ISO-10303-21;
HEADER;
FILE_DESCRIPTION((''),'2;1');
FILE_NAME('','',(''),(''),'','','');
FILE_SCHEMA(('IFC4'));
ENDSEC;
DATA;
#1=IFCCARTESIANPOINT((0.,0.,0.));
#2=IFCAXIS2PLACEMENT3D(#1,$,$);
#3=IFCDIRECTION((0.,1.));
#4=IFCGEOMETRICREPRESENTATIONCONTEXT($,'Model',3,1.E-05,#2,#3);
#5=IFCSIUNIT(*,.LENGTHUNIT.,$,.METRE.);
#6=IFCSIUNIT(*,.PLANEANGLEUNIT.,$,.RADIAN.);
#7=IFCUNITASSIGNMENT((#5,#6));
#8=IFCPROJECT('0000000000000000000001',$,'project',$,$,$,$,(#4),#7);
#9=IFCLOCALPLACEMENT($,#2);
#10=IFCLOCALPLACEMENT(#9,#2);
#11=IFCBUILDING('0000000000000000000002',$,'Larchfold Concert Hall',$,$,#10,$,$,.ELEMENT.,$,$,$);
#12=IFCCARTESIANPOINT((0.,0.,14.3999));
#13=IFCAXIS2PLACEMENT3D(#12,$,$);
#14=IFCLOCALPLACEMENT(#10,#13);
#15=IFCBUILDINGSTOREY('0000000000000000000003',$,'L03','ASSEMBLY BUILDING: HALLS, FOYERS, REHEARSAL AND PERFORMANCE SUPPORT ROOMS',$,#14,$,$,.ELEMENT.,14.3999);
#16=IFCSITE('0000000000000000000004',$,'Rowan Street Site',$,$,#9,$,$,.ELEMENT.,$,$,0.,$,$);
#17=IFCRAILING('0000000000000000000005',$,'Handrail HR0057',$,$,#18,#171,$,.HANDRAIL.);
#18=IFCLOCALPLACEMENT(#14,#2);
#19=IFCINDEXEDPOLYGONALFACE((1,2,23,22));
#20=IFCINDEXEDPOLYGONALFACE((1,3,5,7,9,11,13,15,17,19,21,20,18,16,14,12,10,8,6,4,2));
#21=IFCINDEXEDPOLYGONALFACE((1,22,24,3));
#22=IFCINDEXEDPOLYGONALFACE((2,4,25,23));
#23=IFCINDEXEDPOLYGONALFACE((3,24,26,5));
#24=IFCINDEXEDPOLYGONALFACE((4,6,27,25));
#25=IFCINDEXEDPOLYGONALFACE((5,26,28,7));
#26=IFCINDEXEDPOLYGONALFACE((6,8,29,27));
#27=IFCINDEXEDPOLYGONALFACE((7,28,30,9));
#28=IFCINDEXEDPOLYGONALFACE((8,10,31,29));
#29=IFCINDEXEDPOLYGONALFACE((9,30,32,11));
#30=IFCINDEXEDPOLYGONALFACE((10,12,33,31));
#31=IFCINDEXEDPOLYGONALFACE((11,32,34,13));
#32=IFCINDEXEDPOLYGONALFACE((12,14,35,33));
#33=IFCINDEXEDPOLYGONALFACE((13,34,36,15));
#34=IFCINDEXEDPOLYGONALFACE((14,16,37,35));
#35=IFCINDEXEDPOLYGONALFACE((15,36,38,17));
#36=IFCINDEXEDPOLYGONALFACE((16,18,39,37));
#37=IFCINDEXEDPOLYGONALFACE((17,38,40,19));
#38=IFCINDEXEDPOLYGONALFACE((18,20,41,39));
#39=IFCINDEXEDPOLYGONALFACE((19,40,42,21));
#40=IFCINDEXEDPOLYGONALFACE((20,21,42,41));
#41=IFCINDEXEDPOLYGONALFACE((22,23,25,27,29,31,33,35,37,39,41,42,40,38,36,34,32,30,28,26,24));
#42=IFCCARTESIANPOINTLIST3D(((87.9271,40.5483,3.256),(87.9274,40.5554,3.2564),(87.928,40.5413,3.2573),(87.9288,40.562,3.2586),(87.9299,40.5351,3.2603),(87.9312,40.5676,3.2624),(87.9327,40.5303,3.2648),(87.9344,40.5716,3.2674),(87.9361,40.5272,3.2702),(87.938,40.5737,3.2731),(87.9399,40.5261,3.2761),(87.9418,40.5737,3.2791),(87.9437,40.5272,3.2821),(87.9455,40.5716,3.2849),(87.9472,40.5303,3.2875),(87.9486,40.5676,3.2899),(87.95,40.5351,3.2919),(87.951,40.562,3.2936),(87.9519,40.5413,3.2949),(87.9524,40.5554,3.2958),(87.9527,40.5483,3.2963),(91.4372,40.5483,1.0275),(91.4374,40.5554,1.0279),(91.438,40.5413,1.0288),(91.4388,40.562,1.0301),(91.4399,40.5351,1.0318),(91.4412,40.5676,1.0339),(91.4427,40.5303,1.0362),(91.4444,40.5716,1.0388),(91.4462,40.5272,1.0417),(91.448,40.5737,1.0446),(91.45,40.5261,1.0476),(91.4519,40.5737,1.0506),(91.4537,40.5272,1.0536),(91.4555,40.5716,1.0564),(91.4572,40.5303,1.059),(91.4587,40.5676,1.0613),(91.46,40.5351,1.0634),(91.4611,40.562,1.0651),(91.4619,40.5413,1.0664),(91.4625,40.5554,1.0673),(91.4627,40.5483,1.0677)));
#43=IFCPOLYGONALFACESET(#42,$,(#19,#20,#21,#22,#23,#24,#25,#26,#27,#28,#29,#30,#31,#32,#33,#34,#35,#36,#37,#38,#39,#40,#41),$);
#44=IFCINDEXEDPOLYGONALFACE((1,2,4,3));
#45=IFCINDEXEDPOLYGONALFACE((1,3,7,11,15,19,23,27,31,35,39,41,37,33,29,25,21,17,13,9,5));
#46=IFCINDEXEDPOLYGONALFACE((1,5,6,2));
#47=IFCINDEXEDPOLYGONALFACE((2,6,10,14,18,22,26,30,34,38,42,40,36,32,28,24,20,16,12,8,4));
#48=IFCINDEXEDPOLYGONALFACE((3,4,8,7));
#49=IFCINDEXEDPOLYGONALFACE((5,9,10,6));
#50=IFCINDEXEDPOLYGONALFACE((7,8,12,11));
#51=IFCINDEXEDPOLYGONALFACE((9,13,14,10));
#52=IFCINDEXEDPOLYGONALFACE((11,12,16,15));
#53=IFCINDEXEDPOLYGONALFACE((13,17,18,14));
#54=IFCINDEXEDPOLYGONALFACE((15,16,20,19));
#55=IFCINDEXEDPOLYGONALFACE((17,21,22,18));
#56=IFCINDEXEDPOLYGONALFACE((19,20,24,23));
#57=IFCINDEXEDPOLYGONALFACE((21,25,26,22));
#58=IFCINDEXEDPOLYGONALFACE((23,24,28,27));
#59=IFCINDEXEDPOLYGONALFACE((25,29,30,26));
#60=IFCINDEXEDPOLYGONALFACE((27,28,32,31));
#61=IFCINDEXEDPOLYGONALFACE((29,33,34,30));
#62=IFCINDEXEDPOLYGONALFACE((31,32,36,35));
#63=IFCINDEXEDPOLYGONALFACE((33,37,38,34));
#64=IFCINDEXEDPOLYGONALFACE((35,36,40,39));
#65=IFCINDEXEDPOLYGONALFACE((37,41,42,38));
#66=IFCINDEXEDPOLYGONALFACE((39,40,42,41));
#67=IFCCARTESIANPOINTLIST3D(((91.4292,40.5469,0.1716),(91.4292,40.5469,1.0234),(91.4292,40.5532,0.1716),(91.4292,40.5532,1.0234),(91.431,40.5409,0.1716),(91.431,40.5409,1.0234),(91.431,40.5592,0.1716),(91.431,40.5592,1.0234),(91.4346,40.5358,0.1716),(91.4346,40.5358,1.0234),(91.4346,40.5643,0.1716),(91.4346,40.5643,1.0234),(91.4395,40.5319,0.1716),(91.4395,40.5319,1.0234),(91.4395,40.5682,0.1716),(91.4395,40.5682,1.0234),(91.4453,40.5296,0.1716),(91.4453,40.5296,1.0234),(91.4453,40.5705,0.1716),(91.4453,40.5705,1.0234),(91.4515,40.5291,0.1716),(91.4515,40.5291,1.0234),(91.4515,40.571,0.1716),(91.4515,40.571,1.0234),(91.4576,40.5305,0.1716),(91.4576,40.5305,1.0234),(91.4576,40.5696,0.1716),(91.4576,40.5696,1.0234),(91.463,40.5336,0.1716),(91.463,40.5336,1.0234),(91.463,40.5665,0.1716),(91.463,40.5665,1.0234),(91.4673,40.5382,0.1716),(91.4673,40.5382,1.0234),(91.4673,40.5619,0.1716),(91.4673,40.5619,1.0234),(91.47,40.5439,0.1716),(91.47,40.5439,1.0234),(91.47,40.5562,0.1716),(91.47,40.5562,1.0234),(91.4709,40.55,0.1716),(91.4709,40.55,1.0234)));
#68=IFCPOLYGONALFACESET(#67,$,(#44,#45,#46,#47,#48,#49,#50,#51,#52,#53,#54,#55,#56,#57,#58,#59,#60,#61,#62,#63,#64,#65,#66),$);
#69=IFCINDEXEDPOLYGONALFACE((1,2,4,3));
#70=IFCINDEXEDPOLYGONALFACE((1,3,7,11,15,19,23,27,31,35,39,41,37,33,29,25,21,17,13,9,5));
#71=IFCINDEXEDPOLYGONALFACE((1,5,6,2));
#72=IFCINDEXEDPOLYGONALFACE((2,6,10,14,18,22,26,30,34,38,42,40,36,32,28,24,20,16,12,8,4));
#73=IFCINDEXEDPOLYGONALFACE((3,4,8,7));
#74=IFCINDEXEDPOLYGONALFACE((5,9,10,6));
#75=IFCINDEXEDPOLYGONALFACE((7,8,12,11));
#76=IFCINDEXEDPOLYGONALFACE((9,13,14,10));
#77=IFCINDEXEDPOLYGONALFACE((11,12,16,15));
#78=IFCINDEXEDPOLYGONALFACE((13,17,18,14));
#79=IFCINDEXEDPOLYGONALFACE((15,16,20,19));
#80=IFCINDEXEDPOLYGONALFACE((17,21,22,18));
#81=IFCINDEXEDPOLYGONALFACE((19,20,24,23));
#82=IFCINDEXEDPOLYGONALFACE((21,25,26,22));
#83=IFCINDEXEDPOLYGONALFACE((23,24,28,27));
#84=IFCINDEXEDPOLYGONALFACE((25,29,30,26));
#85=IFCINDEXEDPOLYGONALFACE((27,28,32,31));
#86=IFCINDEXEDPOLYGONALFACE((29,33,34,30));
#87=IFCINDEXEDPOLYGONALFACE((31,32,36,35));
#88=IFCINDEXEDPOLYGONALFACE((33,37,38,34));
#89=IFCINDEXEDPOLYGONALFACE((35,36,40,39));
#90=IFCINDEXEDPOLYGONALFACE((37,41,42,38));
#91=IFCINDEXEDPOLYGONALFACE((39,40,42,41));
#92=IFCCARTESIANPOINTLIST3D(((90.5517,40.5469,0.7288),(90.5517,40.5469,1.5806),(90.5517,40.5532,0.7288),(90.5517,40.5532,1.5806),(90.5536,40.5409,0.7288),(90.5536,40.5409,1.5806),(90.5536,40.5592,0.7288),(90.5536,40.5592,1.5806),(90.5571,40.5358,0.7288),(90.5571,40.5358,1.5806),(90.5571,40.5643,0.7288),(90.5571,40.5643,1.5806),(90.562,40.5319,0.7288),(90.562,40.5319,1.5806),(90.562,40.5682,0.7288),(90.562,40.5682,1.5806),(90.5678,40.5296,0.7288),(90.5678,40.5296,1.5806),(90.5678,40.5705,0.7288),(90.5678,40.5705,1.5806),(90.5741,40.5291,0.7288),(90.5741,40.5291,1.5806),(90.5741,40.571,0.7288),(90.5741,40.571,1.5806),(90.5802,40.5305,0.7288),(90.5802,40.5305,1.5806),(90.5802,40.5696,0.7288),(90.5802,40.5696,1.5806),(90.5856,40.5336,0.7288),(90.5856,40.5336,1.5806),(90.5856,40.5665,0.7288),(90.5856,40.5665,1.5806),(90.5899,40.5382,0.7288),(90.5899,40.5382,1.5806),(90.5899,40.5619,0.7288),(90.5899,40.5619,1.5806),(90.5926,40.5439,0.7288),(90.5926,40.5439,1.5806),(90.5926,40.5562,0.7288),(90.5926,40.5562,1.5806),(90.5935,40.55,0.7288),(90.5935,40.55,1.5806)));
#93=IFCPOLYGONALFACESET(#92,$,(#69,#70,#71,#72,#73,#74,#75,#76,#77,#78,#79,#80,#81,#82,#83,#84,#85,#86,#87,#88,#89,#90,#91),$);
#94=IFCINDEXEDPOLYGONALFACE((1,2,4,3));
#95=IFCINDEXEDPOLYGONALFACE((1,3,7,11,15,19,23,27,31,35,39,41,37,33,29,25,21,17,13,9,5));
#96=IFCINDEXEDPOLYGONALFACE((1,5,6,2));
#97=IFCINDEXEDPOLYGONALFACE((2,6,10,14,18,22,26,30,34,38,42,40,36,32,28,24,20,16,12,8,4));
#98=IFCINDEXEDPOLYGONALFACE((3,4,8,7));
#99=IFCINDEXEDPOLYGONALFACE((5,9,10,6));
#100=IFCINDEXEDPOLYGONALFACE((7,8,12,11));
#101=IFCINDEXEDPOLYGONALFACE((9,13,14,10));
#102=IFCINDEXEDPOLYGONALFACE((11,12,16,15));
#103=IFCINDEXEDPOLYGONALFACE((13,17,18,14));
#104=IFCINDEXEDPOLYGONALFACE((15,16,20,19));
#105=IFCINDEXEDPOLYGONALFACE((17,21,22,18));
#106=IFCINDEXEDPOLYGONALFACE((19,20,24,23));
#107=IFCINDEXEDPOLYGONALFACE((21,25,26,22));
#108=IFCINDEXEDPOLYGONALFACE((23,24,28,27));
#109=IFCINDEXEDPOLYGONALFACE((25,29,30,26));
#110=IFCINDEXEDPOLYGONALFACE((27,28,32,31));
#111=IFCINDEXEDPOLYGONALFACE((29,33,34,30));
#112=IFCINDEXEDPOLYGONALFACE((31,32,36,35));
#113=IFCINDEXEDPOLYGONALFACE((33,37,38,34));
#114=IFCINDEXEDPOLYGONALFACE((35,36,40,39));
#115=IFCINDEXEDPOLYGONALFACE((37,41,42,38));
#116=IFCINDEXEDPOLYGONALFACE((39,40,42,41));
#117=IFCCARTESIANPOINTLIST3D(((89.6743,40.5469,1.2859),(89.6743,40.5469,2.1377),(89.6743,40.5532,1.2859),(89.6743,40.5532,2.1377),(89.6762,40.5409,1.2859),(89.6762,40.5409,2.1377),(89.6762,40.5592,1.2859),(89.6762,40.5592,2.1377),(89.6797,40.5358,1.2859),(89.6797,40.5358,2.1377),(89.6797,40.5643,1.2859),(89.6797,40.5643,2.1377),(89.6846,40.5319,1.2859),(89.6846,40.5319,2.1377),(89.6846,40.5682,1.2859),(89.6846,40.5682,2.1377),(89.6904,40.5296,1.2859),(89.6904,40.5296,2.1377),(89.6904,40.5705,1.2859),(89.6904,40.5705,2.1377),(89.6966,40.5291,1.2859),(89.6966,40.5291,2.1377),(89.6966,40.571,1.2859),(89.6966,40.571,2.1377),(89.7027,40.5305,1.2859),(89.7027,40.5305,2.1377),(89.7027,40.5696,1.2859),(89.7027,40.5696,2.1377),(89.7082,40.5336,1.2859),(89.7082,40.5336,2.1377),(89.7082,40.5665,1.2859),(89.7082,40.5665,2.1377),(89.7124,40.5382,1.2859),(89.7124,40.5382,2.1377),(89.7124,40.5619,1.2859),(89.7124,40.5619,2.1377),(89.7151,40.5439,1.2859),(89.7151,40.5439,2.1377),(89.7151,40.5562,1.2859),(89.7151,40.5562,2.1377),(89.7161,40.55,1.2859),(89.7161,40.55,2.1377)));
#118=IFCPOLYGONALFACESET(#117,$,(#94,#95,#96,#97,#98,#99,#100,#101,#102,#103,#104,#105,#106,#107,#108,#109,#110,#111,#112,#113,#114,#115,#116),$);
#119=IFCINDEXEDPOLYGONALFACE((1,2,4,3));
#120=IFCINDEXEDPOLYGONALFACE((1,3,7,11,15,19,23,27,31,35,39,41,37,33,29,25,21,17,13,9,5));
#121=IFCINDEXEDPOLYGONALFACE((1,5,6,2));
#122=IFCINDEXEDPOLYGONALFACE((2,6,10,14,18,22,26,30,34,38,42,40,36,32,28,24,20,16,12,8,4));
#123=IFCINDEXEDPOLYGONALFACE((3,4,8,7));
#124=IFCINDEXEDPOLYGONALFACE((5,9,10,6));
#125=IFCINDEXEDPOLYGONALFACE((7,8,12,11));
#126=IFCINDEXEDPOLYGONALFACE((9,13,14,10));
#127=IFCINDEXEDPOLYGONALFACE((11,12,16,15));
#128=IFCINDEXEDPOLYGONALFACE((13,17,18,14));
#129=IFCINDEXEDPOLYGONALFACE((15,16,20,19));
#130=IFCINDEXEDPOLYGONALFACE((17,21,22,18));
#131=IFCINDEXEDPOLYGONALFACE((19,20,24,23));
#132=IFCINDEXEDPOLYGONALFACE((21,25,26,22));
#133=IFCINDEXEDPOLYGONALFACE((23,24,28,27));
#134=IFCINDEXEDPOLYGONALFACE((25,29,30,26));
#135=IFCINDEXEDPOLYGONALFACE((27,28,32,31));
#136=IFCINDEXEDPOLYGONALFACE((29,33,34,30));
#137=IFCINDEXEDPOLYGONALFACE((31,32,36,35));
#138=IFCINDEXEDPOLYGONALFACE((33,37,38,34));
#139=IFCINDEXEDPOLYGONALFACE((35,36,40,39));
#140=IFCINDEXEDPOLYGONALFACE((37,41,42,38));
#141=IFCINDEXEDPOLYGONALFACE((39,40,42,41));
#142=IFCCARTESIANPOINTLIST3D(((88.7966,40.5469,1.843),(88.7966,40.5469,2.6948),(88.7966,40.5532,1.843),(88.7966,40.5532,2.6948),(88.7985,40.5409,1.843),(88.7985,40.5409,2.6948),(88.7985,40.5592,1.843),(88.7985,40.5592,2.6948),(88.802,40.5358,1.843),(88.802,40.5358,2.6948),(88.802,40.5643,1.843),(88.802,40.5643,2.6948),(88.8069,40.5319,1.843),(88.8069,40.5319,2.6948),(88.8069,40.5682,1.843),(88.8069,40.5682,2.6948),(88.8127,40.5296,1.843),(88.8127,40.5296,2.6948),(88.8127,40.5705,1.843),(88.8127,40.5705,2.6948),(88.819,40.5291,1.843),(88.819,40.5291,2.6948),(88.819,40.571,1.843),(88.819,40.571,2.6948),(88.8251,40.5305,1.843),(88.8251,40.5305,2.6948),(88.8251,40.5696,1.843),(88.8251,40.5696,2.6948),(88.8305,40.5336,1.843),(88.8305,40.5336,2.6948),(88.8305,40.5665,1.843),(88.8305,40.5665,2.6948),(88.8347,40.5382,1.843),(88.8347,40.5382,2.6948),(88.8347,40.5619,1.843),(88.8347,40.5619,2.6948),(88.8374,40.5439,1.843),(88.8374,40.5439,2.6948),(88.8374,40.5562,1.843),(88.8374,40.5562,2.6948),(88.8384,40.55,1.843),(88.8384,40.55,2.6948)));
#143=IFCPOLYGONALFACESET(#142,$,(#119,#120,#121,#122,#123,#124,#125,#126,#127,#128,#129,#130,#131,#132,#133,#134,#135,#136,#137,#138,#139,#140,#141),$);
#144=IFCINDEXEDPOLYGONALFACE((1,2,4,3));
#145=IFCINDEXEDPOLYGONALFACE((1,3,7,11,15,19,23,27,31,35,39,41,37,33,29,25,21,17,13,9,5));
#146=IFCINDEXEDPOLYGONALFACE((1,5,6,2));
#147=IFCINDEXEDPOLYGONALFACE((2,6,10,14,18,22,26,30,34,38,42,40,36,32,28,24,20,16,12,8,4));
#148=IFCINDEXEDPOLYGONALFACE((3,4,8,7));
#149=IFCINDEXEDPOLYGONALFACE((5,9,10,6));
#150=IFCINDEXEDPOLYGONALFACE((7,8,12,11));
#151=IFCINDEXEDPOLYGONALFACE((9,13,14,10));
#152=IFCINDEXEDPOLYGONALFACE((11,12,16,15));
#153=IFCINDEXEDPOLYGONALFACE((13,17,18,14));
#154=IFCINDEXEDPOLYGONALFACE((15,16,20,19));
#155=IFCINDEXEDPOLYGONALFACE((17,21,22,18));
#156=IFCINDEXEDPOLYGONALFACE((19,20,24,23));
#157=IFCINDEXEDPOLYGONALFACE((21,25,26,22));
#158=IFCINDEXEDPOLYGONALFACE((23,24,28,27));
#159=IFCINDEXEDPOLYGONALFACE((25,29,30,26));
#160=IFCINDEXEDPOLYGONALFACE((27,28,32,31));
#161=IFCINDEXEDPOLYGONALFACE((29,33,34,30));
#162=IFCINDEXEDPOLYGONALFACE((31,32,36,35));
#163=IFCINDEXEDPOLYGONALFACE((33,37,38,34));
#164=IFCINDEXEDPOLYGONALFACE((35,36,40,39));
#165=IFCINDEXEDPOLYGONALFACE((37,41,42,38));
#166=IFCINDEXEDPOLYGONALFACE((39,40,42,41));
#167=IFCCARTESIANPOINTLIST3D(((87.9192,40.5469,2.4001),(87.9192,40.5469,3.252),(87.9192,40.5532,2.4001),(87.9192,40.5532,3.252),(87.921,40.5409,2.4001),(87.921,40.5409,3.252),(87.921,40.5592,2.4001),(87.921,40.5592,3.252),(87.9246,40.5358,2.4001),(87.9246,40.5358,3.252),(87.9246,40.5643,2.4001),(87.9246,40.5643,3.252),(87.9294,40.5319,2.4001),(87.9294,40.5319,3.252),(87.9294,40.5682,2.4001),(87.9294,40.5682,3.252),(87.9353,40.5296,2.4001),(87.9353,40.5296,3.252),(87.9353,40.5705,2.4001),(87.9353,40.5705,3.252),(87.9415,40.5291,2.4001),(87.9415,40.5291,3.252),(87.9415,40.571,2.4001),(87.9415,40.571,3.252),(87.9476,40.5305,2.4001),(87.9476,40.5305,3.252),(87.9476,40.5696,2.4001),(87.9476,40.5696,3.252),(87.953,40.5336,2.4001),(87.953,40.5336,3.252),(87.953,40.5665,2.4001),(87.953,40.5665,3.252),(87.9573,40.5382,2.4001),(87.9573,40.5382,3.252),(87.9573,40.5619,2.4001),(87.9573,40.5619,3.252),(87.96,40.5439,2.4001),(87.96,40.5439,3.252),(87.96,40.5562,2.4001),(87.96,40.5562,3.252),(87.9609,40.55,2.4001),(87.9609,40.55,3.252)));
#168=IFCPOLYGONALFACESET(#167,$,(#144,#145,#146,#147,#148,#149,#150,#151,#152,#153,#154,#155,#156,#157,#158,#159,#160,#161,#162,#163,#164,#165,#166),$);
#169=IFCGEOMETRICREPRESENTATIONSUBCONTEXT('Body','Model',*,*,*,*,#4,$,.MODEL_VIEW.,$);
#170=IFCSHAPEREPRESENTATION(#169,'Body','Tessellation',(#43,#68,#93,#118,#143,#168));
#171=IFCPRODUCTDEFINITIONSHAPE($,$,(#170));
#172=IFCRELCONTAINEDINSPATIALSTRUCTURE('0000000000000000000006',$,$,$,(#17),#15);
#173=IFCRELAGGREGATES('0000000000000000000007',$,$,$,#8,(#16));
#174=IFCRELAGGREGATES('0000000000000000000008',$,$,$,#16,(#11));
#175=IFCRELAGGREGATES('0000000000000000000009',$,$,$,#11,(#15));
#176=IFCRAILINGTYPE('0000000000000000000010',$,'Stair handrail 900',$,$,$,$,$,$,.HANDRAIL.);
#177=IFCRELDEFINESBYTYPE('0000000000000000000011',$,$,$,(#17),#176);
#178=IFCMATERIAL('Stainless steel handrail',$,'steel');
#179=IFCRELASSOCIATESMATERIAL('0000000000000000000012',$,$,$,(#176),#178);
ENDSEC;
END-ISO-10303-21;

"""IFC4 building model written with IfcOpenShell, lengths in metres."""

from ifc_helpers import new_model, si_unit, direction, frame, origin, origin_2d, place, context, subcontext, project, spatial, circle, extrude, material, type_object, element, save


model = new_model("IFC4")

# Units and contexts
model_context = context("Model", 3, precision=1e-05, world=origin(), true_north=direction((0.0, 1.0)))
body_context = subcontext(model_context, "Body", "Model", "MODEL_VIEW")
ifc_project = project(units=[si_unit("LENGTHUNIT", "METRE"), si_unit("PLANEANGLEUNIT", "RADIAN")], contexts=[model_context])

# Site, building, storey
site_placement = place(None, origin())
site = spatial("IfcSite", under=ifc_project, at=site_placement, Name="Rowan Street Site", CompositionType="ELEMENT", RefElevation=0.0)
building_placement = place(site_placement, origin())
building = spatial("IfcBuilding", under=site, at=building_placement, Name="Larchfold Concert Hall", CompositionType="ELEMENT")
storey_placement = place(building_placement, frame((0.0, 0.0, 14.3999)))
storey = spatial("IfcBuildingStorey", under=building, at=storey_placement, Name="L03", Description="ASSEMBLY BUILDING: HALLS, FOYERS, REHEARSAL AND PERFORMANCE SUPPORT ROOMS", CompositionType="ELEMENT", Elevation=14.3999)

# Railing
ifc_material_1 = material(Name="Stainless steel handrail", Category="steel")
railing_type = type_object("IfcRailingType", Name="Stair handrail 900", PredefinedType="HANDRAIL", material=ifc_material_1)
railing_placement = place(storey_placement, frame((91.45, 40.55, 0.1716)))
element("IfcRailing", 1, at=railing_placement, inside=storey, type_object=railing_type, Name="Handrail HR0057", PredefinedType="HANDRAIL", context=body_context, shape_type="SweptSolid", body=[
    extrude(circle(Radius=0.0239, at=origin_2d()), frame((0.0, 0.0, 0.876), z_axis=(-0.84422, 0.0, 0.535998), x_axis=(0.0, -1.0, 0.0)), (0.0, 0.0, 1.0), 4.1577),
    extrude(circle(Radius=0.021, at=origin_2d()), origin(), (0.0, 0.0, 1.0), 0.8518),
    extrude(circle(Radius=0.021, at=origin_2d()), frame((-0.8774, 0.0, 0.5571)), (0.0, 0.0, 1.0), 0.8518),
    extrude(circle(Radius=0.021, at=origin_2d()), frame((-1.7549, 0.0, 1.1143)), (0.0, 0.0, 1.0), 0.8518),
    extrude(circle(Radius=0.021, at=origin_2d()), frame((-2.6326, 0.0, 1.6714)), (0.0, 0.0, 1.0), 0.8518),
    extrude(circle(Radius=0.021, at=origin_2d()), frame((-3.51, 0.0, 2.2285)), (0.0, 0.0, 1.0), 0.8518),
])

save(model, "model.ifc")
